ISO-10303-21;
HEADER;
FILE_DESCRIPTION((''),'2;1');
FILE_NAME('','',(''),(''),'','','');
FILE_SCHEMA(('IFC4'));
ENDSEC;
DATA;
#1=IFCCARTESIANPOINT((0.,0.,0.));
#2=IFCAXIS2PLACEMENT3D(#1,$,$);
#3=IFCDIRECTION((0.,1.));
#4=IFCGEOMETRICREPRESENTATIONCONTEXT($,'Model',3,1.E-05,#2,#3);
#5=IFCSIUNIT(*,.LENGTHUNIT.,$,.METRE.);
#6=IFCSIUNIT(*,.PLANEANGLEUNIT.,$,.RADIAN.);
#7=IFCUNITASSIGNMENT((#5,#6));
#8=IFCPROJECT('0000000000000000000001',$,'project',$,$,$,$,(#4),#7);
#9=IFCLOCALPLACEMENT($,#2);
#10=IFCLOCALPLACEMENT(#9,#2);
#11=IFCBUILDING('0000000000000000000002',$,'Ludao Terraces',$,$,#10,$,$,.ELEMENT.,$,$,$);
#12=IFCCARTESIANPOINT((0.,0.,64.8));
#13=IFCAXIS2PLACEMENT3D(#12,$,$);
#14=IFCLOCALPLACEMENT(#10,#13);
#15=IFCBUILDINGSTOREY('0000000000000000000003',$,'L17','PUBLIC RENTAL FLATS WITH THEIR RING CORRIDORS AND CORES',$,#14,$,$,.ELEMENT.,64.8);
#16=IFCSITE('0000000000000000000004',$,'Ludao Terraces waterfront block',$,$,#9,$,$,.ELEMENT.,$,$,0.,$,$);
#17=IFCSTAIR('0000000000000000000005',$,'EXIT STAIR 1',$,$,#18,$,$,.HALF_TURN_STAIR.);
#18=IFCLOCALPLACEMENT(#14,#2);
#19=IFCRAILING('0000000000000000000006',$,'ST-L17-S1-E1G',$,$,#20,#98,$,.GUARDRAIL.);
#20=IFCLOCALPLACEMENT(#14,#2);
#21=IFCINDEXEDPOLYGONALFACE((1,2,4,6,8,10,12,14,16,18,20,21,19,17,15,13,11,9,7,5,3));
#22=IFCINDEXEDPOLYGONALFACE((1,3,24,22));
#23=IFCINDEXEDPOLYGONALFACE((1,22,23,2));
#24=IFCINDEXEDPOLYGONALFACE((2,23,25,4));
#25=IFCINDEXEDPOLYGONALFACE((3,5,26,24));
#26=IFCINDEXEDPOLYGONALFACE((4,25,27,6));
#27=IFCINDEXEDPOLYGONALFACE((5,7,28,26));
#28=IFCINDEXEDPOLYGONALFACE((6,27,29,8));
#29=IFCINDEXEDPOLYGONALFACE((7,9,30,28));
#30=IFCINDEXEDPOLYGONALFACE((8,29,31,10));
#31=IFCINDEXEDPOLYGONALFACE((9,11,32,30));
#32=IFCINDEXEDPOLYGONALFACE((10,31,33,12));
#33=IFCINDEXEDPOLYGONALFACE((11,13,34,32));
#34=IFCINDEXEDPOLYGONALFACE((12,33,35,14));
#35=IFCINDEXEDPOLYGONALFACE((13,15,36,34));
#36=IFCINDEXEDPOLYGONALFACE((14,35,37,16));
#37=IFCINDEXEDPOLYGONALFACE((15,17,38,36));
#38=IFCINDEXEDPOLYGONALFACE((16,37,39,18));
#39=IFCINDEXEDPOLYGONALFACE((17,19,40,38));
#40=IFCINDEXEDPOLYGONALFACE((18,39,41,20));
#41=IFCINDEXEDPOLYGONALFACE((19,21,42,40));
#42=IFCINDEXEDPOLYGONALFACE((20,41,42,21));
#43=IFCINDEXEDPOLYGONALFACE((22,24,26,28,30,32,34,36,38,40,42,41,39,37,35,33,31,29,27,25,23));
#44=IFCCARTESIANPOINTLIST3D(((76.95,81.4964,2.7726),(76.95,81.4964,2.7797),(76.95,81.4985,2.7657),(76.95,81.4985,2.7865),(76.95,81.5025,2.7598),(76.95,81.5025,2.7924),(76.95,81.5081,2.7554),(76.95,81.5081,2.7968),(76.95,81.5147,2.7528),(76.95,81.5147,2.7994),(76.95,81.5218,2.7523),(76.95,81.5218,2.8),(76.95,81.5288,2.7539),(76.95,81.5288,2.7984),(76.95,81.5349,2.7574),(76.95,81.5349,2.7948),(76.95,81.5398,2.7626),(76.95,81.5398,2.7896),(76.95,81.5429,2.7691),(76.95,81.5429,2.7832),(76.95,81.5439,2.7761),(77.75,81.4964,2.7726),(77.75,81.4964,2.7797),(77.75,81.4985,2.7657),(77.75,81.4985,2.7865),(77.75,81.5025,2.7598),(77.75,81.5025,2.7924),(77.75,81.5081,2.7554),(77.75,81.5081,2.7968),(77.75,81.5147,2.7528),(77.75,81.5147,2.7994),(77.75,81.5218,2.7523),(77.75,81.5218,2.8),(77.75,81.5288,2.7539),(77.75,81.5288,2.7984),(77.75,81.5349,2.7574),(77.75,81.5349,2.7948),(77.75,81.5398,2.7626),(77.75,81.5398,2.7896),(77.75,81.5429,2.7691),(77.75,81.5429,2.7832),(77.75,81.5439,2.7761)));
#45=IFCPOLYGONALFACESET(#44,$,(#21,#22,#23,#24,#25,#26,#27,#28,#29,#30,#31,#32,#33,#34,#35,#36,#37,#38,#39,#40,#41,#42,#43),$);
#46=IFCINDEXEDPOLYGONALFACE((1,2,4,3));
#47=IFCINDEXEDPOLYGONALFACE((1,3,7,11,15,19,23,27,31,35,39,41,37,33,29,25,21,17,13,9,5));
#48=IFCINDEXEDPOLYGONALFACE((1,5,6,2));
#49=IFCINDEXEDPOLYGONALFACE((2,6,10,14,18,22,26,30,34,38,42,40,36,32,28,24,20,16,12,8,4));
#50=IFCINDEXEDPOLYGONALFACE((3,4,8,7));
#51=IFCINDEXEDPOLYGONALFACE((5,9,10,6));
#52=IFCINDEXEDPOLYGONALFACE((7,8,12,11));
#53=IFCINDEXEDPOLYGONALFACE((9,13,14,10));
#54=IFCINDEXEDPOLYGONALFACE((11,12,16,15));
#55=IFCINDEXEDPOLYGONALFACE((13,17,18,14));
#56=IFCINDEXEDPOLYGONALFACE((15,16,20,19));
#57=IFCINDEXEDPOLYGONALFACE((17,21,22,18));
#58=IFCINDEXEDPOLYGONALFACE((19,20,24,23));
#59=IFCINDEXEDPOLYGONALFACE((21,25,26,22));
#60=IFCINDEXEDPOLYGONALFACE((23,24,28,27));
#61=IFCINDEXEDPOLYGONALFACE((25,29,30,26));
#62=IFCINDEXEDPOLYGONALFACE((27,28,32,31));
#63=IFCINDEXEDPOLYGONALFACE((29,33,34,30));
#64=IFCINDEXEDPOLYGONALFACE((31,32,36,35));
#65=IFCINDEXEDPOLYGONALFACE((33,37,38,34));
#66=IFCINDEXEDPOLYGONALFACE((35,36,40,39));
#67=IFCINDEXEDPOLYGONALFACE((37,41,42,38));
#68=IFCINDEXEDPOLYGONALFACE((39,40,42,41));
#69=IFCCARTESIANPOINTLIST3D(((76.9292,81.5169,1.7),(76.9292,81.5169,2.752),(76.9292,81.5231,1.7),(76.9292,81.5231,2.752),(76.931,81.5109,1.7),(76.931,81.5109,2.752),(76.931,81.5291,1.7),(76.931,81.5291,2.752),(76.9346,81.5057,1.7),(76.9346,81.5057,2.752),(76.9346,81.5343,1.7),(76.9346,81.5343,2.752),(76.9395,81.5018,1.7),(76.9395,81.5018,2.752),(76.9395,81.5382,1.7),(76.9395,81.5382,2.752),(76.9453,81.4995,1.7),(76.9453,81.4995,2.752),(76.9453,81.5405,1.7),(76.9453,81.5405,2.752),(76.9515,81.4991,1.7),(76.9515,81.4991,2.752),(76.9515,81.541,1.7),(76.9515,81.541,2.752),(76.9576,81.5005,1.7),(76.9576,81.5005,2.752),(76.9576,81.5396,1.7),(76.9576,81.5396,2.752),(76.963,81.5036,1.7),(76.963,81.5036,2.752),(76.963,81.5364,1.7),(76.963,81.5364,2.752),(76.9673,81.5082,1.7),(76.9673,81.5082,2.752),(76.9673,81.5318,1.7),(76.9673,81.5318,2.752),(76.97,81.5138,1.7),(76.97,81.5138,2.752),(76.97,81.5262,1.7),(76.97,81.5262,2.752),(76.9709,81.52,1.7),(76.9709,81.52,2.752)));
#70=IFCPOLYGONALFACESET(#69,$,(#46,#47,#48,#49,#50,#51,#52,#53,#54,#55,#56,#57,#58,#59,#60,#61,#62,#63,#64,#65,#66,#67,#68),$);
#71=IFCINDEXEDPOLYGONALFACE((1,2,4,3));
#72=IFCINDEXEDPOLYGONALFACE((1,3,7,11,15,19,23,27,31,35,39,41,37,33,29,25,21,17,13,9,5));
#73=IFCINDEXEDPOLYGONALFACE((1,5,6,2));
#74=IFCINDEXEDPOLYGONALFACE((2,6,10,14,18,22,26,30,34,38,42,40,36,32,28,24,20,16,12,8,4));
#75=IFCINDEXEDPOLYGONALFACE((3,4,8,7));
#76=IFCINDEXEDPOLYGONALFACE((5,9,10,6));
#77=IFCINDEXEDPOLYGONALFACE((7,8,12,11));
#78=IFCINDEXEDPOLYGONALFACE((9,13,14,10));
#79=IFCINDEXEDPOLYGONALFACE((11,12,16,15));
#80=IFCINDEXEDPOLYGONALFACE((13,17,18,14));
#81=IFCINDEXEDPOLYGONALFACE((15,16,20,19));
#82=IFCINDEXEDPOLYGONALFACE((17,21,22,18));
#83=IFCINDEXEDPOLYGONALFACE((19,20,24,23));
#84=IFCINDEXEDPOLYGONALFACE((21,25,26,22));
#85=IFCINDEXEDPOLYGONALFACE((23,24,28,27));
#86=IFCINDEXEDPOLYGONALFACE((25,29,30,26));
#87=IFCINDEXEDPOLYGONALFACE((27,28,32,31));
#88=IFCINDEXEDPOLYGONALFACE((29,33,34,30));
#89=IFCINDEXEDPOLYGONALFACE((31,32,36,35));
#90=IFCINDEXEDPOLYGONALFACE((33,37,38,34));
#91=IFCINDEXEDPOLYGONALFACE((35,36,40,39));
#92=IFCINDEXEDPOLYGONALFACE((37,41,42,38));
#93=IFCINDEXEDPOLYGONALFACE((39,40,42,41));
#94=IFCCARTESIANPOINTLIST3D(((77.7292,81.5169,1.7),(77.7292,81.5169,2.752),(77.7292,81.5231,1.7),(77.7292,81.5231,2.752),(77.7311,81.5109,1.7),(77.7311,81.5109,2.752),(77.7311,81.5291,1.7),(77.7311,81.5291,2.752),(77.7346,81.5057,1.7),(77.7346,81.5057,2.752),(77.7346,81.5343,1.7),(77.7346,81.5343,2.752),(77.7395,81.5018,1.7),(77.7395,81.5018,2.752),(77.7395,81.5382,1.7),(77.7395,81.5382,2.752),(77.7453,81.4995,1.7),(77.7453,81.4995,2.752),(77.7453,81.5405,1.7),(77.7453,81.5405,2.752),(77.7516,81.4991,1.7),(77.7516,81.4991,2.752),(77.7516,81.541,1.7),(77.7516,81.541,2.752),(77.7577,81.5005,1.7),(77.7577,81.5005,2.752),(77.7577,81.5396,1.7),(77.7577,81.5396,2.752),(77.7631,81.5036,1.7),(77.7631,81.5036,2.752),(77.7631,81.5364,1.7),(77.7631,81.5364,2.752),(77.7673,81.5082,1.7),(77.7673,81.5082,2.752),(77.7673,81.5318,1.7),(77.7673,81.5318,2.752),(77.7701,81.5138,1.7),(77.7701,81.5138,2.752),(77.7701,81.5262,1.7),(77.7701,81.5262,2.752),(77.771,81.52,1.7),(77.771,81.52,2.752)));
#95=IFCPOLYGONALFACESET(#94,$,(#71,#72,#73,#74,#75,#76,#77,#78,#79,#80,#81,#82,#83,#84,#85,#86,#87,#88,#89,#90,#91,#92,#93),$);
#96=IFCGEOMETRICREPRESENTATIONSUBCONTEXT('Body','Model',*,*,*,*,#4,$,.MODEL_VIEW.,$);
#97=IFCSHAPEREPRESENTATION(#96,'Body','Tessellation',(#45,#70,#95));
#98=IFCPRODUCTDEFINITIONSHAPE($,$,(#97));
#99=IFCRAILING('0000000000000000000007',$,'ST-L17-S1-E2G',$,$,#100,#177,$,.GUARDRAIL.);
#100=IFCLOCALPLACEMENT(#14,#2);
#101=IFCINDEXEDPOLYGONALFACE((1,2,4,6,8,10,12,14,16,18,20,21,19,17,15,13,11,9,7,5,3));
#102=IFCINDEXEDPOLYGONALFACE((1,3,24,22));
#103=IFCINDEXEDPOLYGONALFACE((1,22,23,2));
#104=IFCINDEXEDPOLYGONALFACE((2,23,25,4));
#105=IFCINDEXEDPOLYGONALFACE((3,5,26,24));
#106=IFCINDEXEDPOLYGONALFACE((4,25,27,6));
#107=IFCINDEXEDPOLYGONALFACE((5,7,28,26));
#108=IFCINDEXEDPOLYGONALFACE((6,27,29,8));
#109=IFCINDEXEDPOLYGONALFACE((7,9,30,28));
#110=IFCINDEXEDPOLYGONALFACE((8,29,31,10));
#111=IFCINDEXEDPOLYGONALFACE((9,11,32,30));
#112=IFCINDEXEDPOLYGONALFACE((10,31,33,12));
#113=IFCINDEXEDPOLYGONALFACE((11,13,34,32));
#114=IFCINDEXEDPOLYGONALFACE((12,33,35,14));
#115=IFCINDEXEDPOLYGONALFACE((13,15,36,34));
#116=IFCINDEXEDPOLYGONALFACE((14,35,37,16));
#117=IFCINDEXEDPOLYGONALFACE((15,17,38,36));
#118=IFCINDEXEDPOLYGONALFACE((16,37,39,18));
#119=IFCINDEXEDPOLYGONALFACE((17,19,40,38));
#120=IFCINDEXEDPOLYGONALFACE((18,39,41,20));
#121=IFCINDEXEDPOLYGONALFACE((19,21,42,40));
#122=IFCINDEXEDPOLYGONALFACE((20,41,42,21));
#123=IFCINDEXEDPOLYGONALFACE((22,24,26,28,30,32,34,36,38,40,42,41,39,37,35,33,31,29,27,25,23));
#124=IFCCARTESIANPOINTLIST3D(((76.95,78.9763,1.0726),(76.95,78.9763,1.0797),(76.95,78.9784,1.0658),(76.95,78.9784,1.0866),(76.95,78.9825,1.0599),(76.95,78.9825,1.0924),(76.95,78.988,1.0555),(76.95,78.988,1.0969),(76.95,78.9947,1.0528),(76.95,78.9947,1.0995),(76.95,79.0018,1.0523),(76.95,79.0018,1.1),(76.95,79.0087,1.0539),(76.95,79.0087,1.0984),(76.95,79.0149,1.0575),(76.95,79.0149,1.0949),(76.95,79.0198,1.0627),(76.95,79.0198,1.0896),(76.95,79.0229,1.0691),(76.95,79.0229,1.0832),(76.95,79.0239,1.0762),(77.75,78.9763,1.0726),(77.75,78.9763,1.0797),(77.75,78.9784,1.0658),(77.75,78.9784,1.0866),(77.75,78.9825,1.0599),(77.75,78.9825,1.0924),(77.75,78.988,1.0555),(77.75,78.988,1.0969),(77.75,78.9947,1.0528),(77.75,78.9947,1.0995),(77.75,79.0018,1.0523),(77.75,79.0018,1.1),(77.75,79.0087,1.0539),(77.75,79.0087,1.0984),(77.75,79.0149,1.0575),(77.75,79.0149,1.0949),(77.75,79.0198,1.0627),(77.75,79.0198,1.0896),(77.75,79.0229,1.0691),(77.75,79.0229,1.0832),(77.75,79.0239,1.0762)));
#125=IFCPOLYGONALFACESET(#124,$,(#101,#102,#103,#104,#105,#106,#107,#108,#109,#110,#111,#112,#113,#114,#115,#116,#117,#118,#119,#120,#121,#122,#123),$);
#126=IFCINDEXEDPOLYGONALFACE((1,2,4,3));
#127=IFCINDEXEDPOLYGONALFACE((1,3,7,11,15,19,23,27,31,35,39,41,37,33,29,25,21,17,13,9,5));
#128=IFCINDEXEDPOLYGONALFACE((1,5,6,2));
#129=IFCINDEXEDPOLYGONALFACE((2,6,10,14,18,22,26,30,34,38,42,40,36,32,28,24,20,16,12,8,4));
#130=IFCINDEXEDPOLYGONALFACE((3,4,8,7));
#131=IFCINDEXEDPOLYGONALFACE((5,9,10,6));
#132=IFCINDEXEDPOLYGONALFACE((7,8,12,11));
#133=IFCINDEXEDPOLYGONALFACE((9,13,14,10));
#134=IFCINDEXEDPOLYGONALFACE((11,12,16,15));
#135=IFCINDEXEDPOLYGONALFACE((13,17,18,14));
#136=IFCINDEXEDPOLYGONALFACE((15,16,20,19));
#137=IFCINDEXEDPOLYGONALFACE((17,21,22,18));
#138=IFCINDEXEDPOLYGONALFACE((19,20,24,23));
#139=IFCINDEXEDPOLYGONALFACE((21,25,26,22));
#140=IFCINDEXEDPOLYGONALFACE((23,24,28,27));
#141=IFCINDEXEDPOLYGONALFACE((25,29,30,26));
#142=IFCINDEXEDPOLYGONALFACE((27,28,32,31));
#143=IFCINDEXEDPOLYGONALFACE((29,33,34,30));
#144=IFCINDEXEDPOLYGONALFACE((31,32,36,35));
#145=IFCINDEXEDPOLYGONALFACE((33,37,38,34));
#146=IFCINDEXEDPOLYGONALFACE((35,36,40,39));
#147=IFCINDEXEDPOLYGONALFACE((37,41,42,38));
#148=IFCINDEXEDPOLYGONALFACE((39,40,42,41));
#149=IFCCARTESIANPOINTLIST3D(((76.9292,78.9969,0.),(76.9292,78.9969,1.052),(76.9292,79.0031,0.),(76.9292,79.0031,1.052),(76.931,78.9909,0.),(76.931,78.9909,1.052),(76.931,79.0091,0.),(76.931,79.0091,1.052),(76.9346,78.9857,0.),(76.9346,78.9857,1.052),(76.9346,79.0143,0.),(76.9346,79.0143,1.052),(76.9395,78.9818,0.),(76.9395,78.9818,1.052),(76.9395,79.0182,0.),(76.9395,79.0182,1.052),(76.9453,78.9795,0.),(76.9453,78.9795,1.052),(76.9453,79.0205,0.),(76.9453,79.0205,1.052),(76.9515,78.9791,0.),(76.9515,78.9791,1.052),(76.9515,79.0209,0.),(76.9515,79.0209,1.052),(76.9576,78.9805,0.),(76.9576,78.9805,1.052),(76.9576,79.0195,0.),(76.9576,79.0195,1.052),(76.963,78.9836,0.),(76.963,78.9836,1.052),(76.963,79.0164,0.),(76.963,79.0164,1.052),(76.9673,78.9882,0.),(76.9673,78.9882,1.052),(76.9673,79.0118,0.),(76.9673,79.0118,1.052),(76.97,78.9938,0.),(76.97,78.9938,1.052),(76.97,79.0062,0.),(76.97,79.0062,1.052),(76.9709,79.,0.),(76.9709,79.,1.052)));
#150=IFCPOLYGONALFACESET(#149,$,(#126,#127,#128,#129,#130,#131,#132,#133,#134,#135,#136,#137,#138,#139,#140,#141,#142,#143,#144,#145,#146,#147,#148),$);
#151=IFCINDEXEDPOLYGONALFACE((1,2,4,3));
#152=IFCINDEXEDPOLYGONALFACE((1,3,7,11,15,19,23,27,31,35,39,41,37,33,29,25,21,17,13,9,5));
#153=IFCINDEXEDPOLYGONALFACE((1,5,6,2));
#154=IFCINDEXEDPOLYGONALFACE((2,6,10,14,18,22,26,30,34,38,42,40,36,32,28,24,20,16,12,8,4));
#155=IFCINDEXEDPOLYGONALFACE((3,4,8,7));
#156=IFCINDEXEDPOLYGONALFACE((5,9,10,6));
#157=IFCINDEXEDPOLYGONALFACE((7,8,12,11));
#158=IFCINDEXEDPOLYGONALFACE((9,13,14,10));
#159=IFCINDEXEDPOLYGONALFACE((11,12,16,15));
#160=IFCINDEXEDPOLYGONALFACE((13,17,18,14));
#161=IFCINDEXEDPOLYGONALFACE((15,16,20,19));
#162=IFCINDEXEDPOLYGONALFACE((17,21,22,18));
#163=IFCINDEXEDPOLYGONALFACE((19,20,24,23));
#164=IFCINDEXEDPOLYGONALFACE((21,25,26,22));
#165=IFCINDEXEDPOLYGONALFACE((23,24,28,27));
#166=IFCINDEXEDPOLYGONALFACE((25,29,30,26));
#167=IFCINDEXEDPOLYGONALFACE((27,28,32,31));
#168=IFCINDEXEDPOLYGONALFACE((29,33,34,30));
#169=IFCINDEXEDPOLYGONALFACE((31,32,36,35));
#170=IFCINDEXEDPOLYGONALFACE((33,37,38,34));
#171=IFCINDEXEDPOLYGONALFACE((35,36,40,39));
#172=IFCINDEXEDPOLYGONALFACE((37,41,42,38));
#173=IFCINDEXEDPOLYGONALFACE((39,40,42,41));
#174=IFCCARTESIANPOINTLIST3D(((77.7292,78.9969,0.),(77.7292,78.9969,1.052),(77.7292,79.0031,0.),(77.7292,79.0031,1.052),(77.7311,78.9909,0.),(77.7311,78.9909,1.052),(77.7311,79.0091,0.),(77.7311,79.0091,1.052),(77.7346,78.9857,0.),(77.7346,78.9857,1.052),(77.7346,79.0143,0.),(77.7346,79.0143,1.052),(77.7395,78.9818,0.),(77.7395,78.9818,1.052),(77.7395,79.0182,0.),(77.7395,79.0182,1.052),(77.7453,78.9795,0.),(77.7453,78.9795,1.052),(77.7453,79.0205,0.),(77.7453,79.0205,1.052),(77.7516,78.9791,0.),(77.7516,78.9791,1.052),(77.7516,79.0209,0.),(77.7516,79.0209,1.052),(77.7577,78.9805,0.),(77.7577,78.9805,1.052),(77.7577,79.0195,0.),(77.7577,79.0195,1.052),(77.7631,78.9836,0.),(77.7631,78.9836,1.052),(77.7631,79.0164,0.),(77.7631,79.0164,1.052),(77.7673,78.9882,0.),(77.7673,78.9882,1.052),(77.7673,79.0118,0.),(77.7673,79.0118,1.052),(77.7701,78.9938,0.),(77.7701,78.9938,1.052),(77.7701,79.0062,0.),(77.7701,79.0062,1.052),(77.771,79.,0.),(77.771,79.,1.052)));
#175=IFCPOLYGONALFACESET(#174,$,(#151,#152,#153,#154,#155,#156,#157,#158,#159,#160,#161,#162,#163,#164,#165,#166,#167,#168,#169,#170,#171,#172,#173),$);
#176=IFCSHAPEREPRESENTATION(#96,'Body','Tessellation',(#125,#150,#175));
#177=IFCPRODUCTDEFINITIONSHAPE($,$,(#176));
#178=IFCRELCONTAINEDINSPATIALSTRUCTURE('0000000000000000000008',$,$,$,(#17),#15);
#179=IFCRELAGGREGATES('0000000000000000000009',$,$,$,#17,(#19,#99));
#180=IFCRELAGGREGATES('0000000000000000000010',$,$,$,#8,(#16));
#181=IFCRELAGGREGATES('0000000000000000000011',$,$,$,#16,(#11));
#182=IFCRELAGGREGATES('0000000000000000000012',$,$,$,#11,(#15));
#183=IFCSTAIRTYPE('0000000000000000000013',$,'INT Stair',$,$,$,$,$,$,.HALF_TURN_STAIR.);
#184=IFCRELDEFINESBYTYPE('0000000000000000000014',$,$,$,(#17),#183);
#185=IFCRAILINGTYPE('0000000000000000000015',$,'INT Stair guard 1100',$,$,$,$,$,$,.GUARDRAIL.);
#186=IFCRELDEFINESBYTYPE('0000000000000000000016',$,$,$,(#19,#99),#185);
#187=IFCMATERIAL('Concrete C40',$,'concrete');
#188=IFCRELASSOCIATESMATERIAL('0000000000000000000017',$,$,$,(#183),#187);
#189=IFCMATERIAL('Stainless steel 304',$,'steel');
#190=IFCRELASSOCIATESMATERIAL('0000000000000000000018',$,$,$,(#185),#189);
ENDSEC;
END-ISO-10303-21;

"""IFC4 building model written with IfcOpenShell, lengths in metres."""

from ifc_helpers import new_model, si_unit, direction, frame, origin, origin_2d, place, context, subcontext, project, spatial, circle, extrude, material, type_object, element, aggregate, save


model = new_model("IFC4")

# Units and contexts
model_context = context("Model", 3, precision=1e-05, world=origin(), true_north=direction((0.0, 1.0)))
body_context = subcontext(model_context, "Body", "Model", "MODEL_VIEW")
ifc_project = project(units=[si_unit("LENGTHUNIT", "METRE"), si_unit("PLANEANGLEUNIT", "RADIAN")], contexts=[model_context])

# Site, building, storey
site_placement = place(None, origin())
site = spatial("IfcSite", under=ifc_project, at=site_placement, Name="Ludao Terraces waterfront block", CompositionType="ELEMENT", RefElevation=0.0)
building_placement = place(site_placement, origin())
building = spatial("IfcBuilding", under=site, at=building_placement, Name="Ludao Terraces", CompositionType="ELEMENT")
storey_placement = place(building_placement, frame((0.0, 0.0, 64.8)))
storey = spatial("IfcBuildingStorey", under=building, at=storey_placement, Name="L17", Description="PUBLIC RENTAL FLATS WITH THEIR RING CORRIDORS AND CORES", CompositionType="ELEMENT", Elevation=64.8)

# Stair, railings
ifc_material_1 = material(Name="Concrete C40", Category="concrete")
stair_type = type_object("IfcStairType", Name="INT Stair", PredefinedType="HALF_TURN_STAIR", material=ifc_material_1)
stair_placement = place(storey_placement, origin())
stair = element("IfcStair", 1, at=stair_placement, inside=storey, type_object=stair_type, Name="EXIT STAIR 1", PredefinedType="HALF_TURN_STAIR")
ifc_material_2 = material(Name="Stainless steel 304", Category="steel")
railing_type_1 = type_object("IfcRailingType", Name="INT Stair guard 1100", PredefinedType="GUARDRAIL", material=ifc_material_2)
railing_1_placement = place(storey_placement, frame((76.95, 81.52, 1.7)))
railing_1 = element("IfcRailing", 2, at=railing_1_placement, type_object=railing_type_1, Name="ST-L17-S1-E1G", PredefinedType="GUARDRAIL", context=body_context, shape_type="SweptSolid", body=[
    extrude(circle(Radius=0.0239, at=origin_2d()), frame((0.0, 0.0, 1.0762), z_axis=(1.0, 0.0, 0.0), x_axis=(0.0, 1.0, 0.0)), (0.0, 0.0, 1.0), 0.8),
    extrude(circle(Radius=0.021, at=origin_2d()), origin(), (0.0, 0.0, 1.0), 1.052),
    extrude(circle(Radius=0.021, at=origin_2d()), frame((0.8, 0.0, 0.0)), (0.0, 0.0, 1.0), 1.052),
])
railing_2_placement = place(storey_placement, frame((76.95, 79.0, 0.0)))
railing_2 = element("IfcRailing", 3, at=railing_2_placement, type_object=railing_type_1, Name="ST-L17-S1-E2G", PredefinedType="GUARDRAIL", context=body_context, shape_type="SweptSolid", body=[
    extrude(circle(Radius=0.0239, at=origin_2d()), frame((0.0, 0.0, 1.0762), z_axis=(1.0, 0.0, 0.0), x_axis=(0.0, 1.0, 0.0)), (0.0, 0.0, 1.0), 0.8),
    extrude(circle(Radius=0.021, at=origin_2d()), origin(), (0.0, 0.0, 1.0), 1.052),
    extrude(circle(Radius=0.021, at=origin_2d()), frame((0.8, 0.0, 0.0)), (0.0, 0.0, 1.0), 1.052),
])
aggregate(stair, [railing_1, railing_2])

save(model, "model.ifc")
